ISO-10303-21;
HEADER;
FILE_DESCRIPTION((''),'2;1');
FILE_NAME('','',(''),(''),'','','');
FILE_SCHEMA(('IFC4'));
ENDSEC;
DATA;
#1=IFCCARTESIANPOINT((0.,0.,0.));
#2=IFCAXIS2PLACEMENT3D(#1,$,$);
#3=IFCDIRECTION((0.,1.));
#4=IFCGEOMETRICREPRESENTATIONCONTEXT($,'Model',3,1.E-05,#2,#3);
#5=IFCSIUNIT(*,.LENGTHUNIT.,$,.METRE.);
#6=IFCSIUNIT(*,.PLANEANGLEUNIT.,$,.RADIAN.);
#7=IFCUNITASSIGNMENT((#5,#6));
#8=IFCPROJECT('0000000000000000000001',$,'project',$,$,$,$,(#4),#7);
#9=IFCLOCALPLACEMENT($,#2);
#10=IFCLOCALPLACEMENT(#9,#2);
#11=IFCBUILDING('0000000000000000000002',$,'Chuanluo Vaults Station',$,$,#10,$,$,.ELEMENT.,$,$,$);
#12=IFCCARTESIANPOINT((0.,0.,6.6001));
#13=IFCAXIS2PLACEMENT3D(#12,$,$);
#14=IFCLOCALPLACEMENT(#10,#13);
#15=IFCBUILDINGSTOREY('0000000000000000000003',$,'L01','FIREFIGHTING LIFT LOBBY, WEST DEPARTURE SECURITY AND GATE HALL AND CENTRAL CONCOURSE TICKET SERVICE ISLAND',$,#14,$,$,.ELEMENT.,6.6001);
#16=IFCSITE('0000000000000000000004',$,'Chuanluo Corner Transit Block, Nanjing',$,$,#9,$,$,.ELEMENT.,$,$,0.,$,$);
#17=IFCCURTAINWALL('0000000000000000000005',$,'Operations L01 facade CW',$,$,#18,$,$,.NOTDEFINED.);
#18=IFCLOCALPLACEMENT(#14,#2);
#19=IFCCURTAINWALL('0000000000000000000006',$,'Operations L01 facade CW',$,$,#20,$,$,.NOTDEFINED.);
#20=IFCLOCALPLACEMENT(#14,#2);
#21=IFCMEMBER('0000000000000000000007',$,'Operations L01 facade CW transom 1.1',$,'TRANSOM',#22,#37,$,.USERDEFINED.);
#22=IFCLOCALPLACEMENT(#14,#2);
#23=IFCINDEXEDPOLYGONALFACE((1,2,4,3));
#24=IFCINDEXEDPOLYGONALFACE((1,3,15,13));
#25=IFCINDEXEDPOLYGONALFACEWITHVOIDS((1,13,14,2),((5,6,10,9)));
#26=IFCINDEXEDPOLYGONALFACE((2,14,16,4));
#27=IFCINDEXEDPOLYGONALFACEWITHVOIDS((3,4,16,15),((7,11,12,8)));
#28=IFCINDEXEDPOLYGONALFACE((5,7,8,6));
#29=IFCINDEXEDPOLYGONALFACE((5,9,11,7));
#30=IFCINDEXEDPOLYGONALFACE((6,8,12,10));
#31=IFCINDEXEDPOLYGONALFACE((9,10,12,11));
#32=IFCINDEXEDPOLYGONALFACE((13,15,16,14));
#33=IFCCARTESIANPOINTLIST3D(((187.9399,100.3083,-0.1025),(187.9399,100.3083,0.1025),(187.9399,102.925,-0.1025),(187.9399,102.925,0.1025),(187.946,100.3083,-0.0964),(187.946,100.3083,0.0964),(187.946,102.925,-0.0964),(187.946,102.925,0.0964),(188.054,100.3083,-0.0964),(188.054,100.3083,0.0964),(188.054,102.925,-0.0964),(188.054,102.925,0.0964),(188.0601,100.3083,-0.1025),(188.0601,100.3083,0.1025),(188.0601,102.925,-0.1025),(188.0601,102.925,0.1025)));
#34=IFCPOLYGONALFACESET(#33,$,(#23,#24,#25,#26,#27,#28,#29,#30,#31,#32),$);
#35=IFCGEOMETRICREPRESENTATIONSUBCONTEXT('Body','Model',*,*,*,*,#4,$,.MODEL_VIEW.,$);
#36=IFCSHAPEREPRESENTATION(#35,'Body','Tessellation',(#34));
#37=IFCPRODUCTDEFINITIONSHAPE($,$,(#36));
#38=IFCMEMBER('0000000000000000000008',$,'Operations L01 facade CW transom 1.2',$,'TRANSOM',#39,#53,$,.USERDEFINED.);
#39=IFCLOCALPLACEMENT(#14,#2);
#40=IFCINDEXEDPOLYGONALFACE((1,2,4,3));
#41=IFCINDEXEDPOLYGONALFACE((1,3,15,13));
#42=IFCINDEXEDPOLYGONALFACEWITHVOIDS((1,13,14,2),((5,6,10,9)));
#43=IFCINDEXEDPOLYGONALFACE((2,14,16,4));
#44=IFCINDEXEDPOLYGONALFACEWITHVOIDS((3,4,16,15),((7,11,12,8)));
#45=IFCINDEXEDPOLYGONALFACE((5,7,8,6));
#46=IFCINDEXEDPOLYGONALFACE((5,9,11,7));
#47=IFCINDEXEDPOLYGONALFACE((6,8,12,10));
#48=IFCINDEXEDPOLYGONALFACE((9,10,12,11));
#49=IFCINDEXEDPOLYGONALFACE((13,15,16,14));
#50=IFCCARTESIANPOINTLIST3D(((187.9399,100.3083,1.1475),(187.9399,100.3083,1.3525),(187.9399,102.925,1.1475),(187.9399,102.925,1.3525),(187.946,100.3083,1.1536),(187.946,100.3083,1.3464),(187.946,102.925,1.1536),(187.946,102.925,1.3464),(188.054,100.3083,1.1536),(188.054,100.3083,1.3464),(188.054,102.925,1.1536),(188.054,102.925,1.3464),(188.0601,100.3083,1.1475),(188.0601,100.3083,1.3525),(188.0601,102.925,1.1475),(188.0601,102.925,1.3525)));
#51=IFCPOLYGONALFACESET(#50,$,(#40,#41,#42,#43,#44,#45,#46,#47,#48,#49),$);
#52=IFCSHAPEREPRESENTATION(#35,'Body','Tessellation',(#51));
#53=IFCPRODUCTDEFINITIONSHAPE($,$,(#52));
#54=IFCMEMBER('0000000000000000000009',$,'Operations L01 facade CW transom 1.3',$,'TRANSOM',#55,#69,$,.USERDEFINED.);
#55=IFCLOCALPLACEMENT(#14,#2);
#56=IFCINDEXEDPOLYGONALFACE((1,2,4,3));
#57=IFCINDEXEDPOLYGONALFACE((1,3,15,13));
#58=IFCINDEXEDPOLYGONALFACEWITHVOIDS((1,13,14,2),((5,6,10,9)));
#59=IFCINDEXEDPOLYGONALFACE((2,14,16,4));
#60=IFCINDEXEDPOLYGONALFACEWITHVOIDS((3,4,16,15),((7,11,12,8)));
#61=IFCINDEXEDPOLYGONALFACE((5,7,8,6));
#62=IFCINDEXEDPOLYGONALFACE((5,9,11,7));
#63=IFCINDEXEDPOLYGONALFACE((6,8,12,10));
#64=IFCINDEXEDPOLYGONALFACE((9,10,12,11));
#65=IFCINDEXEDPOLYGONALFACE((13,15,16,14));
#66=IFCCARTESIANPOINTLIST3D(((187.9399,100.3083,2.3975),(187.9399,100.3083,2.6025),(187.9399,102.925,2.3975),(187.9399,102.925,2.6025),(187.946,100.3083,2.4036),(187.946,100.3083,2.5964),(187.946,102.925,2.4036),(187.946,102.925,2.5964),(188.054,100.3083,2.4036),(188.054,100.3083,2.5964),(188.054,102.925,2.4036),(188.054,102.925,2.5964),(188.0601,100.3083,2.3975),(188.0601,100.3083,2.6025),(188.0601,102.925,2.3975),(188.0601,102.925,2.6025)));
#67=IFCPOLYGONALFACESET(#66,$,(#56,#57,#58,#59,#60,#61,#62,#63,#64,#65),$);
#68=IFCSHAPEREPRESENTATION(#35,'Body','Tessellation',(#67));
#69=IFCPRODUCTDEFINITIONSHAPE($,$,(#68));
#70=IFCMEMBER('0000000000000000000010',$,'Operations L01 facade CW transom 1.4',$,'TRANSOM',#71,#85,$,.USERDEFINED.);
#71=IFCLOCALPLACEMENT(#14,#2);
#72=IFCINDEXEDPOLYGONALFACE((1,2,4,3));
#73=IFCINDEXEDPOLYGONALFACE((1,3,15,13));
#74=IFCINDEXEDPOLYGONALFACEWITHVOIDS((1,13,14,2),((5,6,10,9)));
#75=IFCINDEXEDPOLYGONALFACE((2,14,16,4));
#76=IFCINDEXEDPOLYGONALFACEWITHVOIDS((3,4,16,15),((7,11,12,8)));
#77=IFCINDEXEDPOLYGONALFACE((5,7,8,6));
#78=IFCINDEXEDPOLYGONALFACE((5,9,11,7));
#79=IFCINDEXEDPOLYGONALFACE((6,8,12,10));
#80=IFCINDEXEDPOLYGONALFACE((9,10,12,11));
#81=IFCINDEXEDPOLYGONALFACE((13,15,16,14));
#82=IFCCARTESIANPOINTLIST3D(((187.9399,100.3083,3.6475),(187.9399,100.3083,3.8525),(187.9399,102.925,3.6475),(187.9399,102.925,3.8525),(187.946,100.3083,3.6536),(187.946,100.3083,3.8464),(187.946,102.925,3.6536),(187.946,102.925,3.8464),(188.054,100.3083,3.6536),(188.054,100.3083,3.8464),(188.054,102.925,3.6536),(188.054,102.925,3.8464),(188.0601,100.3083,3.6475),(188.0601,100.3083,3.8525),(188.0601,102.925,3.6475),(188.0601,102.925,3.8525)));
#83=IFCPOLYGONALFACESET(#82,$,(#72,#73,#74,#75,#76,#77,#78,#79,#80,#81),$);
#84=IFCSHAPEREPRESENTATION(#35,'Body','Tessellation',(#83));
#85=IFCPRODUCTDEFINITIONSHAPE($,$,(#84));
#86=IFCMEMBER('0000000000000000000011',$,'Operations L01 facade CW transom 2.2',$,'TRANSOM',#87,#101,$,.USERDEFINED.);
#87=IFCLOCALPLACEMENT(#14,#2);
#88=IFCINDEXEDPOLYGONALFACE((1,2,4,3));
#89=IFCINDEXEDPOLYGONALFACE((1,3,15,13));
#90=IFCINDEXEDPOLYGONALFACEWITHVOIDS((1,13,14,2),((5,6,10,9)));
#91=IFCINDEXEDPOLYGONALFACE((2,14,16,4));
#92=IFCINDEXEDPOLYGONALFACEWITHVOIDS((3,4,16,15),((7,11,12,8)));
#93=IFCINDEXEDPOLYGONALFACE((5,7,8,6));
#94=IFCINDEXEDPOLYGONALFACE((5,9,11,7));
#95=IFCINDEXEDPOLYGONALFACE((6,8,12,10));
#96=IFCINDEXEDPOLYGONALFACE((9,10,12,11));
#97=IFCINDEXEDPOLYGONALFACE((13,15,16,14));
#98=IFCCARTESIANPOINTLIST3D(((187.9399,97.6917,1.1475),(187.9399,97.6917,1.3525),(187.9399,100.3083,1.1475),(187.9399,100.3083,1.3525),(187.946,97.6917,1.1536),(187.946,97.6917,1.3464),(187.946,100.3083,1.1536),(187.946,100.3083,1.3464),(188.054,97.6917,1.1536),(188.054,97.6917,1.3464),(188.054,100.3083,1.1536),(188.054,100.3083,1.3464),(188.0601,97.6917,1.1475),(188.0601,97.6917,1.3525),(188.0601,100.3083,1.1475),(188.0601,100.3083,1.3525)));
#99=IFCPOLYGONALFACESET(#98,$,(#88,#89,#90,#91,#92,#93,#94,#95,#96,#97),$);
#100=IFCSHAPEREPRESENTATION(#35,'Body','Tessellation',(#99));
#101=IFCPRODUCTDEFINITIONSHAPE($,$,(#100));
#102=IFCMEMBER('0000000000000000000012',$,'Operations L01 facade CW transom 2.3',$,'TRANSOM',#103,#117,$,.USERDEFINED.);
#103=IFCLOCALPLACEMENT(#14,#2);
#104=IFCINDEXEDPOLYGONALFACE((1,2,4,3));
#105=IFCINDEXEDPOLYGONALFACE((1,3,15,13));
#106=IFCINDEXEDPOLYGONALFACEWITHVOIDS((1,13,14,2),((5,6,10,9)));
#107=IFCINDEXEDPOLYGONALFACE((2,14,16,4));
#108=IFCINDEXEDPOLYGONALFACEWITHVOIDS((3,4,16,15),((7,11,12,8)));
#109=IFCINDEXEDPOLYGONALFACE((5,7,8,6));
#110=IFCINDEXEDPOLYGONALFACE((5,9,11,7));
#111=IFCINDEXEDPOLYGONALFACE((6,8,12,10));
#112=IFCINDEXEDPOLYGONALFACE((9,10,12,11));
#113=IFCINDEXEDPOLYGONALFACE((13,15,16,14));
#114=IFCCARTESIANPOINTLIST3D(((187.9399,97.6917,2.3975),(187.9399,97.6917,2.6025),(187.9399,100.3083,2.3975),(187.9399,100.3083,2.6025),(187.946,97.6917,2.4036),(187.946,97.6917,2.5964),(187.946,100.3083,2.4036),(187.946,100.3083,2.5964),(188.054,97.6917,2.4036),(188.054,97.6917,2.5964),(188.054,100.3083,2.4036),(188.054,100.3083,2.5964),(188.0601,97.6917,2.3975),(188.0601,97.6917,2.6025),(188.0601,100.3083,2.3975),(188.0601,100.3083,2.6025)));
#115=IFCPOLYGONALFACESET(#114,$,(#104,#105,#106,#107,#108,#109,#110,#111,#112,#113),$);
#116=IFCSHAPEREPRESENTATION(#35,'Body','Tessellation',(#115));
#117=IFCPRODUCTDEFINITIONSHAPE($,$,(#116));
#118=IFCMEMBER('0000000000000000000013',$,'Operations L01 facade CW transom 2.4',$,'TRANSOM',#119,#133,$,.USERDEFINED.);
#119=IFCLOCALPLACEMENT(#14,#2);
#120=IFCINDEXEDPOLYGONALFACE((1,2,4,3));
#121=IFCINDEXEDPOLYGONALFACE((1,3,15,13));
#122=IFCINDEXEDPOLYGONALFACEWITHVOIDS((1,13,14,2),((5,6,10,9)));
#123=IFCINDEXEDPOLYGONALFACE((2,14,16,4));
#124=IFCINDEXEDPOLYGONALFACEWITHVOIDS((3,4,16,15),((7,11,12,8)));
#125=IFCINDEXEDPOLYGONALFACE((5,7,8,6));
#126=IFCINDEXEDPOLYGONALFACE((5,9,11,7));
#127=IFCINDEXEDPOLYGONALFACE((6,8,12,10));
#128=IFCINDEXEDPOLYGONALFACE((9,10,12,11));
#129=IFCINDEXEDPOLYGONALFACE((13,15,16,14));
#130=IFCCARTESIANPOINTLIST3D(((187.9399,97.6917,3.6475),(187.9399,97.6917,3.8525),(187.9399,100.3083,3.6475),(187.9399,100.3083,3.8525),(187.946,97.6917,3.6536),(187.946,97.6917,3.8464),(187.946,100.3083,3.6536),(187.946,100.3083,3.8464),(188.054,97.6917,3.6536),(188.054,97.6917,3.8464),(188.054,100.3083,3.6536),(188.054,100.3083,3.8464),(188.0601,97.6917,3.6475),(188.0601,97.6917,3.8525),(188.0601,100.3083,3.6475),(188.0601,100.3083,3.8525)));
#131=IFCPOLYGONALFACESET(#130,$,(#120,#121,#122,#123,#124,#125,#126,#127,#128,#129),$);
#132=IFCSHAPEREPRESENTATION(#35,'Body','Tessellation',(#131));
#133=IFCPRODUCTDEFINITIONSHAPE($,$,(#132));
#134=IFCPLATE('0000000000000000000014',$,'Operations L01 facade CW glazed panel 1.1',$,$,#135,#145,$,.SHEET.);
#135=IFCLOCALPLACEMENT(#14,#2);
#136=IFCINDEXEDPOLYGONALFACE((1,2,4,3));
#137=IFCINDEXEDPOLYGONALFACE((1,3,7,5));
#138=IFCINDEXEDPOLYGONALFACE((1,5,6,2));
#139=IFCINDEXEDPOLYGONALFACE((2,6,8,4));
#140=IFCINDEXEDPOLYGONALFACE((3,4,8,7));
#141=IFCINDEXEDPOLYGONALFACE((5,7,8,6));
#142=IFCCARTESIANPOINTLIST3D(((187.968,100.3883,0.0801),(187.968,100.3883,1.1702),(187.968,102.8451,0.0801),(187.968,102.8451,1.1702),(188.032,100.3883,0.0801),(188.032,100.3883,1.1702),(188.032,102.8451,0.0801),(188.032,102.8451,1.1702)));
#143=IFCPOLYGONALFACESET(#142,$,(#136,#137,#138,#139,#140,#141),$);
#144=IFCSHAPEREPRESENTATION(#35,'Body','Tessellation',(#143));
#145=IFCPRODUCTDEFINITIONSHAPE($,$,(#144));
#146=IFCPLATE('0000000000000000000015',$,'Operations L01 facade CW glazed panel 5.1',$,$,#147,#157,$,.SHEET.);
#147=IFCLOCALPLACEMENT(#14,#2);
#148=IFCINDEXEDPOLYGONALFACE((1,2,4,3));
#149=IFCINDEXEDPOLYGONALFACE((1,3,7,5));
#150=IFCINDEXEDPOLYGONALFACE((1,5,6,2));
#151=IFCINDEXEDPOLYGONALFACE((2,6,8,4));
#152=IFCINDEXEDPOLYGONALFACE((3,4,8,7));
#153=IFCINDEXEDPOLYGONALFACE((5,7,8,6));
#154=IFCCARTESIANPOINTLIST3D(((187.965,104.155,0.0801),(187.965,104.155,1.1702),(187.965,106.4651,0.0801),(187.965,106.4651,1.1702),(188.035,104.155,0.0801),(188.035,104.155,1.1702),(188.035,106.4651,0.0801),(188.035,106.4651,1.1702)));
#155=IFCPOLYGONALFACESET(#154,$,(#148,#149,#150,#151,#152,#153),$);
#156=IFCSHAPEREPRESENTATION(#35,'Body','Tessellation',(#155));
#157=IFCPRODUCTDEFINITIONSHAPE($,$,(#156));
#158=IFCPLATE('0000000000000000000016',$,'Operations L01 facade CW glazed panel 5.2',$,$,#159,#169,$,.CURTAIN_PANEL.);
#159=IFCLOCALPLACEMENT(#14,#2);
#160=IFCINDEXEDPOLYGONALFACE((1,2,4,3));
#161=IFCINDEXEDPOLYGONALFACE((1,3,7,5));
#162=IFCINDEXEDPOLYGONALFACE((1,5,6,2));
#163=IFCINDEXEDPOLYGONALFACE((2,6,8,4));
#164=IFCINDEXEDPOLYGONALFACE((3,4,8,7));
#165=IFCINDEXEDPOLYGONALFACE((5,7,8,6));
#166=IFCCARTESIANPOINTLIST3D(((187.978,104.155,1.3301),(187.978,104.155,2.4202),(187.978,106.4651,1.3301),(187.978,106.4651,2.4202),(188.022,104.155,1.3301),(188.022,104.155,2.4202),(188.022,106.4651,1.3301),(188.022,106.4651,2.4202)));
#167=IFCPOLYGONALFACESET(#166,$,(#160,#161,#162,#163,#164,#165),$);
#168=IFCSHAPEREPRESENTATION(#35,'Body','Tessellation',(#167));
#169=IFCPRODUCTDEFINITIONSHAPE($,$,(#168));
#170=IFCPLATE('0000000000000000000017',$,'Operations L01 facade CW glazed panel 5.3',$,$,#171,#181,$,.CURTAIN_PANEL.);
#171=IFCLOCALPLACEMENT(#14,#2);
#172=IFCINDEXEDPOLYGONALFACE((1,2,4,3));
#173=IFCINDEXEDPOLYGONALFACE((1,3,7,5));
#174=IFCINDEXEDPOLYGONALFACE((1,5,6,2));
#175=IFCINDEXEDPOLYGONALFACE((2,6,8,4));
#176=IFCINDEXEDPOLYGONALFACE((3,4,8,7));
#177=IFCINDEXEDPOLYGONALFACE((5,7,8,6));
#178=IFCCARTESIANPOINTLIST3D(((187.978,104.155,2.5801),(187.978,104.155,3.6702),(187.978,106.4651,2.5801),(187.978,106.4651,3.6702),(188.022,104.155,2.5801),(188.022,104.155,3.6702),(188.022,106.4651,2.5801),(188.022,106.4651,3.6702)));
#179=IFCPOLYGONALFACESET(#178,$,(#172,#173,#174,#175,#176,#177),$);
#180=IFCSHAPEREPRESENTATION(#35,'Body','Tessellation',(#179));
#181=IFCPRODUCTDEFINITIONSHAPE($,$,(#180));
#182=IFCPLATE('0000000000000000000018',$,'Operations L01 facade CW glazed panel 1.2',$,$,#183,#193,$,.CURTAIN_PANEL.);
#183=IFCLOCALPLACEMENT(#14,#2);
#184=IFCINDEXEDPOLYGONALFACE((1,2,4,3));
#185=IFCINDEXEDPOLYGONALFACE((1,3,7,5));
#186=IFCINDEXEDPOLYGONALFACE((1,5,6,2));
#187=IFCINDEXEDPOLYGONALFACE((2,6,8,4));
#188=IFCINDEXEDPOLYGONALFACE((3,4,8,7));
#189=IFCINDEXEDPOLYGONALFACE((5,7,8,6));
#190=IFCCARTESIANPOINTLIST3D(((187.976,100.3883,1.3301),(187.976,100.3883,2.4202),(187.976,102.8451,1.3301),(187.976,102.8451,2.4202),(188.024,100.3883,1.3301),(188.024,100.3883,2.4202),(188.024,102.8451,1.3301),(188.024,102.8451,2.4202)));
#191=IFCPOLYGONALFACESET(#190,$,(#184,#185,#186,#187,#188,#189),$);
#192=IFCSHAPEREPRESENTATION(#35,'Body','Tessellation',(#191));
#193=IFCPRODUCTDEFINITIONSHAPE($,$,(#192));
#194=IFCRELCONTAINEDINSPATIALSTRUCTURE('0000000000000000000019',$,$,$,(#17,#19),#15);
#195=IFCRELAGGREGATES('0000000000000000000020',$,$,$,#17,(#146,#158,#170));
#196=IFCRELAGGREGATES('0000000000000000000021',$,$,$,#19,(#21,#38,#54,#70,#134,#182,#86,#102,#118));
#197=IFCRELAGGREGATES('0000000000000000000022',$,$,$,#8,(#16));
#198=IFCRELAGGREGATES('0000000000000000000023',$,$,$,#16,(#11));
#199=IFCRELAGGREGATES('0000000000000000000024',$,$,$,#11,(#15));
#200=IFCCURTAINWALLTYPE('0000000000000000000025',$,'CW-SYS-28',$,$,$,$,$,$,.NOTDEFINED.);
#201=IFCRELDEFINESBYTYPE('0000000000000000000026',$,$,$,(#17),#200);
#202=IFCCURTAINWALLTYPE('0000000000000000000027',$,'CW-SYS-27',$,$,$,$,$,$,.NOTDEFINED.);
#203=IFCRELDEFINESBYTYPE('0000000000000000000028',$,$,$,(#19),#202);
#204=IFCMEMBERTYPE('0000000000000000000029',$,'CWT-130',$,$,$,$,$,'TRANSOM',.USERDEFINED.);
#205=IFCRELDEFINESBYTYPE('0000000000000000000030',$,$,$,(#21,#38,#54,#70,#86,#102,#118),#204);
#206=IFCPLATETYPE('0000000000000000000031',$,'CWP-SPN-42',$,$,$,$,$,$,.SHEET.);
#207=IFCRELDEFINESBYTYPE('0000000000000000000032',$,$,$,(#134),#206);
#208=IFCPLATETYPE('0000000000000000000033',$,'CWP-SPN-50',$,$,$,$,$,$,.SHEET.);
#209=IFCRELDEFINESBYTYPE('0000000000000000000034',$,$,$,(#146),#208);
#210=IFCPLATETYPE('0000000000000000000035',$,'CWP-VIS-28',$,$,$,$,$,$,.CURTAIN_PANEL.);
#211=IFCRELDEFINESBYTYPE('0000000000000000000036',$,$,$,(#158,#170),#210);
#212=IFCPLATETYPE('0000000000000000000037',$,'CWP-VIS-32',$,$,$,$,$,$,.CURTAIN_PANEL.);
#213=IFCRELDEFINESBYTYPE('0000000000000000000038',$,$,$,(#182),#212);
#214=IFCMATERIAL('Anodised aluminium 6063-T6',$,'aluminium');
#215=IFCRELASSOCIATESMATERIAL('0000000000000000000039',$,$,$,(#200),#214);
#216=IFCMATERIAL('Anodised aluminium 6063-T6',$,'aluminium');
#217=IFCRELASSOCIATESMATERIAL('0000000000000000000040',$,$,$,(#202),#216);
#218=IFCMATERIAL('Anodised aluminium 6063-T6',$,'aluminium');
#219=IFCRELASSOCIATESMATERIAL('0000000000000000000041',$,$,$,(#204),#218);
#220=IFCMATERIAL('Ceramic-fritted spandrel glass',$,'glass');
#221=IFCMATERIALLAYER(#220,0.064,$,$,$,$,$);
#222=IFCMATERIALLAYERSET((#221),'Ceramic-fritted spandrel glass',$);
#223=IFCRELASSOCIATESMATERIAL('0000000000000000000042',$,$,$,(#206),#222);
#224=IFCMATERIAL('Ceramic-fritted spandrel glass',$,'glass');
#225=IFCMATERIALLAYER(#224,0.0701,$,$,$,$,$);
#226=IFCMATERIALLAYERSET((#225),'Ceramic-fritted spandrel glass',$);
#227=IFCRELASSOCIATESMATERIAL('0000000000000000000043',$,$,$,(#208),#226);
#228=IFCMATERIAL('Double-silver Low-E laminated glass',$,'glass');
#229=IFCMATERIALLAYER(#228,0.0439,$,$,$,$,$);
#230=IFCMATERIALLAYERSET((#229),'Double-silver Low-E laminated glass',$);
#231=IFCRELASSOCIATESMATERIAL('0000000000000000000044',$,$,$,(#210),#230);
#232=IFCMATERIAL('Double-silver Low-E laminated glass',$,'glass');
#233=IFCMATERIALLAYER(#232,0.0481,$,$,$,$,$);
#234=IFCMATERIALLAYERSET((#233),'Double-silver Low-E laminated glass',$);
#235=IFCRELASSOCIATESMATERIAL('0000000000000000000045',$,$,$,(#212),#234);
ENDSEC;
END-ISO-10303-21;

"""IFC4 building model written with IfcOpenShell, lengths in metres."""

from ifc_helpers import new_model, si_unit, direction, frame, origin, origin_2d, place, context, subcontext, project, spatial, rectangle, hollow_rectangle, extrude, material, layer, layer_set, material_profile, profile_set, type_object, element, aggregate, save


model = new_model("IFC4")

# Units and contexts
model_context = context("Model", 3, precision=1e-05, world=origin(), true_north=direction((0.0, 1.0)))
body_context = subcontext(model_context, "Body", "Model", "MODEL_VIEW")
ifc_project = project(units=[si_unit("LENGTHUNIT", "METRE"), si_unit("PLANEANGLEUNIT", "RADIAN")], contexts=[model_context])

# Site, building, storey
site_placement = place(None, origin())
site = spatial("IfcSite", under=ifc_project, at=site_placement, Name="Chuanluo Corner Transit Block, Nanjing", CompositionType="ELEMENT", RefElevation=0.0)
building_placement = place(site_placement, origin())
building = spatial("IfcBuilding", under=site, at=building_placement, Name="Chuanluo Vaults Station", CompositionType="ELEMENT")
storey_placement = place(building_placement, frame((0.0, 0.0, 6.6001)))
storey = spatial("IfcBuildingStorey", under=building, at=storey_placement, Name="L01", Description="FIREFIGHTING LIFT LOBBY, WEST DEPARTURE SECURITY AND GATE HALL AND CENTRAL CONCOURSE TICKET SERVICE ISLAND", CompositionType="ELEMENT", Elevation=6.6001)

# Curtain wall
ifc_material_1 = material(Name="Anodised aluminium 6063-T6", Category="aluminium")
curtain_wall_type_1 = type_object("IfcCurtainWallType", Name="CW-SYS-28", PredefinedType="NOTDEFINED", material=ifc_material_1)
curtain_wall_1_placement = place(storey_placement, origin())
curtain_wall_1 = element("IfcCurtainWall", 1, at=curtain_wall_1_placement, inside=storey, type_object=curtain_wall_type_1, Name="Operations L01 facade CW", PredefinedType="NOTDEFINED")

# Curtain wall
ifc_material_2 = material(Name="Anodised aluminium 6063-T6", Category="aluminium")
curtain_wall_type_2 = type_object("IfcCurtainWallType", Name="CW-SYS-27", PredefinedType="NOTDEFINED", material=ifc_material_2)
curtain_wall_2_placement = place(storey_placement, origin())
curtain_wall_2 = element("IfcCurtainWall", 2, at=curtain_wall_2_placement, inside=storey, type_object=curtain_wall_type_2, Name="Operations L01 facade CW", PredefinedType="NOTDEFINED")

# Members
ifc_material_3 = material(Name="Anodised aluminium 6063-T6", Category="aluminium")
ifc_material_profile_1 = material_profile(ifc_material_3, hollow_rectangle(XDim=0.1201, YDim=0.2051, WallThickness=0.0061, at=origin_2d()))
ifc_profile_set_1 = profile_set([ifc_material_profile_1], Name="Anodised aluminium 6063-T6")
member_type_1 = type_object("IfcMemberType", Name="CWT-130", ElementType="TRANSOM", PredefinedType="USERDEFINED", material=ifc_profile_set_1)
member_1_placement = place(storey_placement, frame((188.0, 102.925, 0.0), z_axis=(0.0, -1.0, 0.0), x_axis=(1.0, 0.0, 0.0)))
member_1 = element("IfcMember", 3, at=member_1_placement, type_object=member_type_1, Name="Operations L01 facade CW transom 1.1", ObjectType="TRANSOM", PredefinedType="USERDEFINED", context=body_context, shape_type="SweptSolid", body=[
    extrude(hollow_rectangle(XDim=0.1201, YDim=0.2051, WallThickness=0.0061, at=origin_2d()), origin(), (0.0, 0.0, 1.0), 2.6167),
])
member_2_placement = place(storey_placement, frame((188.0, 102.925, 1.25), z_axis=(0.0, -1.0, 0.0), x_axis=(1.0, 0.0, 0.0)))
member_2 = element("IfcMember", 4, at=member_2_placement, type_object=member_type_1, Name="Operations L01 facade CW transom 1.2", ObjectType="TRANSOM", PredefinedType="USERDEFINED", context=body_context, shape_type="SweptSolid", body=[
    extrude(hollow_rectangle(XDim=0.1201, YDim=0.2051, WallThickness=0.0061, at=origin_2d()), origin(), (0.0, 0.0, 1.0), 2.6167),
])
member_3_placement = place(storey_placement, frame((188.0, 102.925, 2.5), z_axis=(0.0, -1.0, 0.0), x_axis=(1.0, 0.0, 0.0)))
member_3 = element("IfcMember", 5, at=member_3_placement, type_object=member_type_1, Name="Operations L01 facade CW transom 1.3", ObjectType="TRANSOM", PredefinedType="USERDEFINED", context=body_context, shape_type="SweptSolid", body=[
    extrude(hollow_rectangle(XDim=0.1201, YDim=0.2051, WallThickness=0.0061, at=origin_2d()), origin(), (0.0, 0.0, 1.0), 2.6167),
])
member_4_placement = place(storey_placement, frame((188.0, 102.925, 3.75), z_axis=(0.0, -1.0, 0.0), x_axis=(1.0, 0.0, 0.0)))
member_4 = element("IfcMember", 6, at=member_4_placement, type_object=member_type_1, Name="Operations L01 facade CW transom 1.4", ObjectType="TRANSOM", PredefinedType="USERDEFINED", context=body_context, shape_type="SweptSolid", body=[
    extrude(hollow_rectangle(XDim=0.1201, YDim=0.2051, WallThickness=0.0061, at=origin_2d()), origin(), (0.0, 0.0, 1.0), 2.6167),
])
member_5_placement = place(storey_placement, frame((188.0, 100.3083, 1.25), z_axis=(0.0, -1.0, 0.0), x_axis=(1.0, 0.0, 0.0)))
member_5 = element("IfcMember", 7, at=member_5_placement, type_object=member_type_1, Name="Operations L01 facade CW transom 2.2", ObjectType="TRANSOM", PredefinedType="USERDEFINED", context=body_context, shape_type="SweptSolid", body=[
    extrude(hollow_rectangle(XDim=0.1201, YDim=0.2051, WallThickness=0.0061, at=origin_2d()), origin(), (0.0, 0.0, 1.0), 2.6167),
])
member_6_placement = place(storey_placement, frame((188.0, 100.3083, 2.5), z_axis=(0.0, -1.0, 0.0), x_axis=(1.0, 0.0, 0.0)))
member_6 = element("IfcMember", 8, at=member_6_placement, type_object=member_type_1, Name="Operations L01 facade CW transom 2.3", ObjectType="TRANSOM", PredefinedType="USERDEFINED", context=body_context, shape_type="SweptSolid", body=[
    extrude(hollow_rectangle(XDim=0.1201, YDim=0.2051, WallThickness=0.0061, at=origin_2d()), origin(), (0.0, 0.0, 1.0), 2.6167),
])
member_7_placement = place(storey_placement, frame((188.0, 100.3083, 3.75), z_axis=(0.0, -1.0, 0.0), x_axis=(1.0, 0.0, 0.0)))
member_7 = element("IfcMember", 9, at=member_7_placement, type_object=member_type_1, Name="Operations L01 facade CW transom 2.4", ObjectType="TRANSOM", PredefinedType="USERDEFINED", context=body_context, shape_type="SweptSolid", body=[
    extrude(hollow_rectangle(XDim=0.1201, YDim=0.2051, WallThickness=0.0061, at=origin_2d()), origin(), (0.0, 0.0, 1.0), 2.6167),
])

# Plates
ifc_material_4 = material(Name="Ceramic-fritted spandrel glass", Category="glass")
ifc_layer_1 = layer(ifc_material_4, 0.064)
ifc_layer_set_1 = layer_set([ifc_layer_1], Name="Ceramic-fritted spandrel glass")
plate_type_1 = type_object("IfcPlateType", Name="CWP-SPN-42", PredefinedType="SHEET", material=ifc_layer_set_1)
plate_1_placement = place(storey_placement, frame((188.0, 101.6167, 0.0801), z_axis=(0.0, 0.0, 1.0), x_axis=(0.0, -1.0, 0.0)))
plate_1 = element("IfcPlate", 10, at=plate_1_placement, type_object=plate_type_1, Name="Operations L01 facade CW glazed panel 1.1", PredefinedType="SHEET", context=body_context, shape_type="SweptSolid", body=[
    extrude(rectangle(XDim=2.4568, YDim=0.064, at=origin_2d()), origin(), (0.0, 0.0, 1.0), 1.0901),
])
ifc_material_5 = material(Name="Ceramic-fritted spandrel glass", Category="glass")
ifc_layer_2 = layer(ifc_material_5, 0.0701)
ifc_layer_set_2 = layer_set([ifc_layer_2], Name="Ceramic-fritted spandrel glass")
plate_type_2 = type_object("IfcPlateType", Name="CWP-SPN-50", PredefinedType="SHEET", material=ifc_layer_set_2)
plate_2_placement = place(storey_placement, frame((188.0, 105.3101, 0.0801), z_axis=(0.0, 0.0, 1.0), x_axis=(0.0, -1.0, 0.0)))
plate_2 = element("IfcPlate", 11, at=plate_2_placement, type_object=plate_type_2, Name="Operations L01 facade CW glazed panel 5.1", PredefinedType="SHEET", context=body_context, shape_type="SweptSolid", body=[
    extrude(rectangle(XDim=2.3101, YDim=0.0701, at=origin_2d()), origin(), (0.0, 0.0, 1.0), 1.0901),
])
ifc_material_6 = material(Name="Double-silver Low-E laminated glass", Category="glass")
ifc_layer_3 = layer(ifc_material_6, 0.0439)
ifc_layer_set_3 = layer_set([ifc_layer_3], Name="Double-silver Low-E laminated glass")
plate_type_3 = type_object("IfcPlateType", Name="CWP-VIS-28", PredefinedType="CURTAIN_PANEL", material=ifc_layer_set_3)
plate_3_placement = place(storey_placement, frame((188.0, 105.3101, 1.3301), z_axis=(0.0, 0.0, 1.0), x_axis=(0.0, -1.0, 0.0)))
plate_3 = element("IfcPlate", 12, at=plate_3_placement, type_object=plate_type_3, Name="Operations L01 facade CW glazed panel 5.2", PredefinedType="CURTAIN_PANEL", context=body_context, shape_type="SweptSolid", body=[
    extrude(rectangle(XDim=2.3101, YDim=0.0439, at=origin_2d()), origin(), (0.0, 0.0, 1.0), 1.0901),
])
plate_4_placement = place(storey_placement, frame((188.0, 105.3101, 2.5801), z_axis=(0.0, 0.0, 1.0), x_axis=(0.0, -1.0, 0.0)))
plate_4 = element("IfcPlate", 13, at=plate_4_placement, type_object=plate_type_3, Name="Operations L01 facade CW glazed panel 5.3", PredefinedType="CURTAIN_PANEL", context=body_context, shape_type="SweptSolid", body=[
    extrude(rectangle(XDim=2.3101, YDim=0.0439, at=origin_2d()), origin(), (0.0, 0.0, 1.0), 1.0901),
])
aggregate(curtain_wall_1, [plate_2, plate_3, plate_4])
ifc_material_7 = material(Name="Double-silver Low-E laminated glass", Category="glass")
ifc_layer_4 = layer(ifc_material_7, 0.0481)
ifc_layer_set_4 = layer_set([ifc_layer_4], Name="Double-silver Low-E laminated glass")
plate_type_4 = type_object("IfcPlateType", Name="CWP-VIS-32", PredefinedType="CURTAIN_PANEL", material=ifc_layer_set_4)
plate_5_placement = place(storey_placement, frame((188.0, 101.6167, 1.3301), z_axis=(0.0, 0.0, 1.0), x_axis=(0.0, -1.0, 0.0)))
plate_5 = element("IfcPlate", 14, at=plate_5_placement, type_object=plate_type_4, Name="Operations L01 facade CW glazed panel 1.2", PredefinedType="CURTAIN_PANEL", context=body_context, shape_type="SweptSolid", body=[
    extrude(rectangle(XDim=2.4568, YDim=0.0481, at=origin_2d()), origin(), (0.0, 0.0, 1.0), 1.0901),
])
aggregate(curtain_wall_2, [member_1, member_2, member_3, member_4, plate_1, plate_5, member_5, member_6, member_7])

save(model, "model.ifc")
